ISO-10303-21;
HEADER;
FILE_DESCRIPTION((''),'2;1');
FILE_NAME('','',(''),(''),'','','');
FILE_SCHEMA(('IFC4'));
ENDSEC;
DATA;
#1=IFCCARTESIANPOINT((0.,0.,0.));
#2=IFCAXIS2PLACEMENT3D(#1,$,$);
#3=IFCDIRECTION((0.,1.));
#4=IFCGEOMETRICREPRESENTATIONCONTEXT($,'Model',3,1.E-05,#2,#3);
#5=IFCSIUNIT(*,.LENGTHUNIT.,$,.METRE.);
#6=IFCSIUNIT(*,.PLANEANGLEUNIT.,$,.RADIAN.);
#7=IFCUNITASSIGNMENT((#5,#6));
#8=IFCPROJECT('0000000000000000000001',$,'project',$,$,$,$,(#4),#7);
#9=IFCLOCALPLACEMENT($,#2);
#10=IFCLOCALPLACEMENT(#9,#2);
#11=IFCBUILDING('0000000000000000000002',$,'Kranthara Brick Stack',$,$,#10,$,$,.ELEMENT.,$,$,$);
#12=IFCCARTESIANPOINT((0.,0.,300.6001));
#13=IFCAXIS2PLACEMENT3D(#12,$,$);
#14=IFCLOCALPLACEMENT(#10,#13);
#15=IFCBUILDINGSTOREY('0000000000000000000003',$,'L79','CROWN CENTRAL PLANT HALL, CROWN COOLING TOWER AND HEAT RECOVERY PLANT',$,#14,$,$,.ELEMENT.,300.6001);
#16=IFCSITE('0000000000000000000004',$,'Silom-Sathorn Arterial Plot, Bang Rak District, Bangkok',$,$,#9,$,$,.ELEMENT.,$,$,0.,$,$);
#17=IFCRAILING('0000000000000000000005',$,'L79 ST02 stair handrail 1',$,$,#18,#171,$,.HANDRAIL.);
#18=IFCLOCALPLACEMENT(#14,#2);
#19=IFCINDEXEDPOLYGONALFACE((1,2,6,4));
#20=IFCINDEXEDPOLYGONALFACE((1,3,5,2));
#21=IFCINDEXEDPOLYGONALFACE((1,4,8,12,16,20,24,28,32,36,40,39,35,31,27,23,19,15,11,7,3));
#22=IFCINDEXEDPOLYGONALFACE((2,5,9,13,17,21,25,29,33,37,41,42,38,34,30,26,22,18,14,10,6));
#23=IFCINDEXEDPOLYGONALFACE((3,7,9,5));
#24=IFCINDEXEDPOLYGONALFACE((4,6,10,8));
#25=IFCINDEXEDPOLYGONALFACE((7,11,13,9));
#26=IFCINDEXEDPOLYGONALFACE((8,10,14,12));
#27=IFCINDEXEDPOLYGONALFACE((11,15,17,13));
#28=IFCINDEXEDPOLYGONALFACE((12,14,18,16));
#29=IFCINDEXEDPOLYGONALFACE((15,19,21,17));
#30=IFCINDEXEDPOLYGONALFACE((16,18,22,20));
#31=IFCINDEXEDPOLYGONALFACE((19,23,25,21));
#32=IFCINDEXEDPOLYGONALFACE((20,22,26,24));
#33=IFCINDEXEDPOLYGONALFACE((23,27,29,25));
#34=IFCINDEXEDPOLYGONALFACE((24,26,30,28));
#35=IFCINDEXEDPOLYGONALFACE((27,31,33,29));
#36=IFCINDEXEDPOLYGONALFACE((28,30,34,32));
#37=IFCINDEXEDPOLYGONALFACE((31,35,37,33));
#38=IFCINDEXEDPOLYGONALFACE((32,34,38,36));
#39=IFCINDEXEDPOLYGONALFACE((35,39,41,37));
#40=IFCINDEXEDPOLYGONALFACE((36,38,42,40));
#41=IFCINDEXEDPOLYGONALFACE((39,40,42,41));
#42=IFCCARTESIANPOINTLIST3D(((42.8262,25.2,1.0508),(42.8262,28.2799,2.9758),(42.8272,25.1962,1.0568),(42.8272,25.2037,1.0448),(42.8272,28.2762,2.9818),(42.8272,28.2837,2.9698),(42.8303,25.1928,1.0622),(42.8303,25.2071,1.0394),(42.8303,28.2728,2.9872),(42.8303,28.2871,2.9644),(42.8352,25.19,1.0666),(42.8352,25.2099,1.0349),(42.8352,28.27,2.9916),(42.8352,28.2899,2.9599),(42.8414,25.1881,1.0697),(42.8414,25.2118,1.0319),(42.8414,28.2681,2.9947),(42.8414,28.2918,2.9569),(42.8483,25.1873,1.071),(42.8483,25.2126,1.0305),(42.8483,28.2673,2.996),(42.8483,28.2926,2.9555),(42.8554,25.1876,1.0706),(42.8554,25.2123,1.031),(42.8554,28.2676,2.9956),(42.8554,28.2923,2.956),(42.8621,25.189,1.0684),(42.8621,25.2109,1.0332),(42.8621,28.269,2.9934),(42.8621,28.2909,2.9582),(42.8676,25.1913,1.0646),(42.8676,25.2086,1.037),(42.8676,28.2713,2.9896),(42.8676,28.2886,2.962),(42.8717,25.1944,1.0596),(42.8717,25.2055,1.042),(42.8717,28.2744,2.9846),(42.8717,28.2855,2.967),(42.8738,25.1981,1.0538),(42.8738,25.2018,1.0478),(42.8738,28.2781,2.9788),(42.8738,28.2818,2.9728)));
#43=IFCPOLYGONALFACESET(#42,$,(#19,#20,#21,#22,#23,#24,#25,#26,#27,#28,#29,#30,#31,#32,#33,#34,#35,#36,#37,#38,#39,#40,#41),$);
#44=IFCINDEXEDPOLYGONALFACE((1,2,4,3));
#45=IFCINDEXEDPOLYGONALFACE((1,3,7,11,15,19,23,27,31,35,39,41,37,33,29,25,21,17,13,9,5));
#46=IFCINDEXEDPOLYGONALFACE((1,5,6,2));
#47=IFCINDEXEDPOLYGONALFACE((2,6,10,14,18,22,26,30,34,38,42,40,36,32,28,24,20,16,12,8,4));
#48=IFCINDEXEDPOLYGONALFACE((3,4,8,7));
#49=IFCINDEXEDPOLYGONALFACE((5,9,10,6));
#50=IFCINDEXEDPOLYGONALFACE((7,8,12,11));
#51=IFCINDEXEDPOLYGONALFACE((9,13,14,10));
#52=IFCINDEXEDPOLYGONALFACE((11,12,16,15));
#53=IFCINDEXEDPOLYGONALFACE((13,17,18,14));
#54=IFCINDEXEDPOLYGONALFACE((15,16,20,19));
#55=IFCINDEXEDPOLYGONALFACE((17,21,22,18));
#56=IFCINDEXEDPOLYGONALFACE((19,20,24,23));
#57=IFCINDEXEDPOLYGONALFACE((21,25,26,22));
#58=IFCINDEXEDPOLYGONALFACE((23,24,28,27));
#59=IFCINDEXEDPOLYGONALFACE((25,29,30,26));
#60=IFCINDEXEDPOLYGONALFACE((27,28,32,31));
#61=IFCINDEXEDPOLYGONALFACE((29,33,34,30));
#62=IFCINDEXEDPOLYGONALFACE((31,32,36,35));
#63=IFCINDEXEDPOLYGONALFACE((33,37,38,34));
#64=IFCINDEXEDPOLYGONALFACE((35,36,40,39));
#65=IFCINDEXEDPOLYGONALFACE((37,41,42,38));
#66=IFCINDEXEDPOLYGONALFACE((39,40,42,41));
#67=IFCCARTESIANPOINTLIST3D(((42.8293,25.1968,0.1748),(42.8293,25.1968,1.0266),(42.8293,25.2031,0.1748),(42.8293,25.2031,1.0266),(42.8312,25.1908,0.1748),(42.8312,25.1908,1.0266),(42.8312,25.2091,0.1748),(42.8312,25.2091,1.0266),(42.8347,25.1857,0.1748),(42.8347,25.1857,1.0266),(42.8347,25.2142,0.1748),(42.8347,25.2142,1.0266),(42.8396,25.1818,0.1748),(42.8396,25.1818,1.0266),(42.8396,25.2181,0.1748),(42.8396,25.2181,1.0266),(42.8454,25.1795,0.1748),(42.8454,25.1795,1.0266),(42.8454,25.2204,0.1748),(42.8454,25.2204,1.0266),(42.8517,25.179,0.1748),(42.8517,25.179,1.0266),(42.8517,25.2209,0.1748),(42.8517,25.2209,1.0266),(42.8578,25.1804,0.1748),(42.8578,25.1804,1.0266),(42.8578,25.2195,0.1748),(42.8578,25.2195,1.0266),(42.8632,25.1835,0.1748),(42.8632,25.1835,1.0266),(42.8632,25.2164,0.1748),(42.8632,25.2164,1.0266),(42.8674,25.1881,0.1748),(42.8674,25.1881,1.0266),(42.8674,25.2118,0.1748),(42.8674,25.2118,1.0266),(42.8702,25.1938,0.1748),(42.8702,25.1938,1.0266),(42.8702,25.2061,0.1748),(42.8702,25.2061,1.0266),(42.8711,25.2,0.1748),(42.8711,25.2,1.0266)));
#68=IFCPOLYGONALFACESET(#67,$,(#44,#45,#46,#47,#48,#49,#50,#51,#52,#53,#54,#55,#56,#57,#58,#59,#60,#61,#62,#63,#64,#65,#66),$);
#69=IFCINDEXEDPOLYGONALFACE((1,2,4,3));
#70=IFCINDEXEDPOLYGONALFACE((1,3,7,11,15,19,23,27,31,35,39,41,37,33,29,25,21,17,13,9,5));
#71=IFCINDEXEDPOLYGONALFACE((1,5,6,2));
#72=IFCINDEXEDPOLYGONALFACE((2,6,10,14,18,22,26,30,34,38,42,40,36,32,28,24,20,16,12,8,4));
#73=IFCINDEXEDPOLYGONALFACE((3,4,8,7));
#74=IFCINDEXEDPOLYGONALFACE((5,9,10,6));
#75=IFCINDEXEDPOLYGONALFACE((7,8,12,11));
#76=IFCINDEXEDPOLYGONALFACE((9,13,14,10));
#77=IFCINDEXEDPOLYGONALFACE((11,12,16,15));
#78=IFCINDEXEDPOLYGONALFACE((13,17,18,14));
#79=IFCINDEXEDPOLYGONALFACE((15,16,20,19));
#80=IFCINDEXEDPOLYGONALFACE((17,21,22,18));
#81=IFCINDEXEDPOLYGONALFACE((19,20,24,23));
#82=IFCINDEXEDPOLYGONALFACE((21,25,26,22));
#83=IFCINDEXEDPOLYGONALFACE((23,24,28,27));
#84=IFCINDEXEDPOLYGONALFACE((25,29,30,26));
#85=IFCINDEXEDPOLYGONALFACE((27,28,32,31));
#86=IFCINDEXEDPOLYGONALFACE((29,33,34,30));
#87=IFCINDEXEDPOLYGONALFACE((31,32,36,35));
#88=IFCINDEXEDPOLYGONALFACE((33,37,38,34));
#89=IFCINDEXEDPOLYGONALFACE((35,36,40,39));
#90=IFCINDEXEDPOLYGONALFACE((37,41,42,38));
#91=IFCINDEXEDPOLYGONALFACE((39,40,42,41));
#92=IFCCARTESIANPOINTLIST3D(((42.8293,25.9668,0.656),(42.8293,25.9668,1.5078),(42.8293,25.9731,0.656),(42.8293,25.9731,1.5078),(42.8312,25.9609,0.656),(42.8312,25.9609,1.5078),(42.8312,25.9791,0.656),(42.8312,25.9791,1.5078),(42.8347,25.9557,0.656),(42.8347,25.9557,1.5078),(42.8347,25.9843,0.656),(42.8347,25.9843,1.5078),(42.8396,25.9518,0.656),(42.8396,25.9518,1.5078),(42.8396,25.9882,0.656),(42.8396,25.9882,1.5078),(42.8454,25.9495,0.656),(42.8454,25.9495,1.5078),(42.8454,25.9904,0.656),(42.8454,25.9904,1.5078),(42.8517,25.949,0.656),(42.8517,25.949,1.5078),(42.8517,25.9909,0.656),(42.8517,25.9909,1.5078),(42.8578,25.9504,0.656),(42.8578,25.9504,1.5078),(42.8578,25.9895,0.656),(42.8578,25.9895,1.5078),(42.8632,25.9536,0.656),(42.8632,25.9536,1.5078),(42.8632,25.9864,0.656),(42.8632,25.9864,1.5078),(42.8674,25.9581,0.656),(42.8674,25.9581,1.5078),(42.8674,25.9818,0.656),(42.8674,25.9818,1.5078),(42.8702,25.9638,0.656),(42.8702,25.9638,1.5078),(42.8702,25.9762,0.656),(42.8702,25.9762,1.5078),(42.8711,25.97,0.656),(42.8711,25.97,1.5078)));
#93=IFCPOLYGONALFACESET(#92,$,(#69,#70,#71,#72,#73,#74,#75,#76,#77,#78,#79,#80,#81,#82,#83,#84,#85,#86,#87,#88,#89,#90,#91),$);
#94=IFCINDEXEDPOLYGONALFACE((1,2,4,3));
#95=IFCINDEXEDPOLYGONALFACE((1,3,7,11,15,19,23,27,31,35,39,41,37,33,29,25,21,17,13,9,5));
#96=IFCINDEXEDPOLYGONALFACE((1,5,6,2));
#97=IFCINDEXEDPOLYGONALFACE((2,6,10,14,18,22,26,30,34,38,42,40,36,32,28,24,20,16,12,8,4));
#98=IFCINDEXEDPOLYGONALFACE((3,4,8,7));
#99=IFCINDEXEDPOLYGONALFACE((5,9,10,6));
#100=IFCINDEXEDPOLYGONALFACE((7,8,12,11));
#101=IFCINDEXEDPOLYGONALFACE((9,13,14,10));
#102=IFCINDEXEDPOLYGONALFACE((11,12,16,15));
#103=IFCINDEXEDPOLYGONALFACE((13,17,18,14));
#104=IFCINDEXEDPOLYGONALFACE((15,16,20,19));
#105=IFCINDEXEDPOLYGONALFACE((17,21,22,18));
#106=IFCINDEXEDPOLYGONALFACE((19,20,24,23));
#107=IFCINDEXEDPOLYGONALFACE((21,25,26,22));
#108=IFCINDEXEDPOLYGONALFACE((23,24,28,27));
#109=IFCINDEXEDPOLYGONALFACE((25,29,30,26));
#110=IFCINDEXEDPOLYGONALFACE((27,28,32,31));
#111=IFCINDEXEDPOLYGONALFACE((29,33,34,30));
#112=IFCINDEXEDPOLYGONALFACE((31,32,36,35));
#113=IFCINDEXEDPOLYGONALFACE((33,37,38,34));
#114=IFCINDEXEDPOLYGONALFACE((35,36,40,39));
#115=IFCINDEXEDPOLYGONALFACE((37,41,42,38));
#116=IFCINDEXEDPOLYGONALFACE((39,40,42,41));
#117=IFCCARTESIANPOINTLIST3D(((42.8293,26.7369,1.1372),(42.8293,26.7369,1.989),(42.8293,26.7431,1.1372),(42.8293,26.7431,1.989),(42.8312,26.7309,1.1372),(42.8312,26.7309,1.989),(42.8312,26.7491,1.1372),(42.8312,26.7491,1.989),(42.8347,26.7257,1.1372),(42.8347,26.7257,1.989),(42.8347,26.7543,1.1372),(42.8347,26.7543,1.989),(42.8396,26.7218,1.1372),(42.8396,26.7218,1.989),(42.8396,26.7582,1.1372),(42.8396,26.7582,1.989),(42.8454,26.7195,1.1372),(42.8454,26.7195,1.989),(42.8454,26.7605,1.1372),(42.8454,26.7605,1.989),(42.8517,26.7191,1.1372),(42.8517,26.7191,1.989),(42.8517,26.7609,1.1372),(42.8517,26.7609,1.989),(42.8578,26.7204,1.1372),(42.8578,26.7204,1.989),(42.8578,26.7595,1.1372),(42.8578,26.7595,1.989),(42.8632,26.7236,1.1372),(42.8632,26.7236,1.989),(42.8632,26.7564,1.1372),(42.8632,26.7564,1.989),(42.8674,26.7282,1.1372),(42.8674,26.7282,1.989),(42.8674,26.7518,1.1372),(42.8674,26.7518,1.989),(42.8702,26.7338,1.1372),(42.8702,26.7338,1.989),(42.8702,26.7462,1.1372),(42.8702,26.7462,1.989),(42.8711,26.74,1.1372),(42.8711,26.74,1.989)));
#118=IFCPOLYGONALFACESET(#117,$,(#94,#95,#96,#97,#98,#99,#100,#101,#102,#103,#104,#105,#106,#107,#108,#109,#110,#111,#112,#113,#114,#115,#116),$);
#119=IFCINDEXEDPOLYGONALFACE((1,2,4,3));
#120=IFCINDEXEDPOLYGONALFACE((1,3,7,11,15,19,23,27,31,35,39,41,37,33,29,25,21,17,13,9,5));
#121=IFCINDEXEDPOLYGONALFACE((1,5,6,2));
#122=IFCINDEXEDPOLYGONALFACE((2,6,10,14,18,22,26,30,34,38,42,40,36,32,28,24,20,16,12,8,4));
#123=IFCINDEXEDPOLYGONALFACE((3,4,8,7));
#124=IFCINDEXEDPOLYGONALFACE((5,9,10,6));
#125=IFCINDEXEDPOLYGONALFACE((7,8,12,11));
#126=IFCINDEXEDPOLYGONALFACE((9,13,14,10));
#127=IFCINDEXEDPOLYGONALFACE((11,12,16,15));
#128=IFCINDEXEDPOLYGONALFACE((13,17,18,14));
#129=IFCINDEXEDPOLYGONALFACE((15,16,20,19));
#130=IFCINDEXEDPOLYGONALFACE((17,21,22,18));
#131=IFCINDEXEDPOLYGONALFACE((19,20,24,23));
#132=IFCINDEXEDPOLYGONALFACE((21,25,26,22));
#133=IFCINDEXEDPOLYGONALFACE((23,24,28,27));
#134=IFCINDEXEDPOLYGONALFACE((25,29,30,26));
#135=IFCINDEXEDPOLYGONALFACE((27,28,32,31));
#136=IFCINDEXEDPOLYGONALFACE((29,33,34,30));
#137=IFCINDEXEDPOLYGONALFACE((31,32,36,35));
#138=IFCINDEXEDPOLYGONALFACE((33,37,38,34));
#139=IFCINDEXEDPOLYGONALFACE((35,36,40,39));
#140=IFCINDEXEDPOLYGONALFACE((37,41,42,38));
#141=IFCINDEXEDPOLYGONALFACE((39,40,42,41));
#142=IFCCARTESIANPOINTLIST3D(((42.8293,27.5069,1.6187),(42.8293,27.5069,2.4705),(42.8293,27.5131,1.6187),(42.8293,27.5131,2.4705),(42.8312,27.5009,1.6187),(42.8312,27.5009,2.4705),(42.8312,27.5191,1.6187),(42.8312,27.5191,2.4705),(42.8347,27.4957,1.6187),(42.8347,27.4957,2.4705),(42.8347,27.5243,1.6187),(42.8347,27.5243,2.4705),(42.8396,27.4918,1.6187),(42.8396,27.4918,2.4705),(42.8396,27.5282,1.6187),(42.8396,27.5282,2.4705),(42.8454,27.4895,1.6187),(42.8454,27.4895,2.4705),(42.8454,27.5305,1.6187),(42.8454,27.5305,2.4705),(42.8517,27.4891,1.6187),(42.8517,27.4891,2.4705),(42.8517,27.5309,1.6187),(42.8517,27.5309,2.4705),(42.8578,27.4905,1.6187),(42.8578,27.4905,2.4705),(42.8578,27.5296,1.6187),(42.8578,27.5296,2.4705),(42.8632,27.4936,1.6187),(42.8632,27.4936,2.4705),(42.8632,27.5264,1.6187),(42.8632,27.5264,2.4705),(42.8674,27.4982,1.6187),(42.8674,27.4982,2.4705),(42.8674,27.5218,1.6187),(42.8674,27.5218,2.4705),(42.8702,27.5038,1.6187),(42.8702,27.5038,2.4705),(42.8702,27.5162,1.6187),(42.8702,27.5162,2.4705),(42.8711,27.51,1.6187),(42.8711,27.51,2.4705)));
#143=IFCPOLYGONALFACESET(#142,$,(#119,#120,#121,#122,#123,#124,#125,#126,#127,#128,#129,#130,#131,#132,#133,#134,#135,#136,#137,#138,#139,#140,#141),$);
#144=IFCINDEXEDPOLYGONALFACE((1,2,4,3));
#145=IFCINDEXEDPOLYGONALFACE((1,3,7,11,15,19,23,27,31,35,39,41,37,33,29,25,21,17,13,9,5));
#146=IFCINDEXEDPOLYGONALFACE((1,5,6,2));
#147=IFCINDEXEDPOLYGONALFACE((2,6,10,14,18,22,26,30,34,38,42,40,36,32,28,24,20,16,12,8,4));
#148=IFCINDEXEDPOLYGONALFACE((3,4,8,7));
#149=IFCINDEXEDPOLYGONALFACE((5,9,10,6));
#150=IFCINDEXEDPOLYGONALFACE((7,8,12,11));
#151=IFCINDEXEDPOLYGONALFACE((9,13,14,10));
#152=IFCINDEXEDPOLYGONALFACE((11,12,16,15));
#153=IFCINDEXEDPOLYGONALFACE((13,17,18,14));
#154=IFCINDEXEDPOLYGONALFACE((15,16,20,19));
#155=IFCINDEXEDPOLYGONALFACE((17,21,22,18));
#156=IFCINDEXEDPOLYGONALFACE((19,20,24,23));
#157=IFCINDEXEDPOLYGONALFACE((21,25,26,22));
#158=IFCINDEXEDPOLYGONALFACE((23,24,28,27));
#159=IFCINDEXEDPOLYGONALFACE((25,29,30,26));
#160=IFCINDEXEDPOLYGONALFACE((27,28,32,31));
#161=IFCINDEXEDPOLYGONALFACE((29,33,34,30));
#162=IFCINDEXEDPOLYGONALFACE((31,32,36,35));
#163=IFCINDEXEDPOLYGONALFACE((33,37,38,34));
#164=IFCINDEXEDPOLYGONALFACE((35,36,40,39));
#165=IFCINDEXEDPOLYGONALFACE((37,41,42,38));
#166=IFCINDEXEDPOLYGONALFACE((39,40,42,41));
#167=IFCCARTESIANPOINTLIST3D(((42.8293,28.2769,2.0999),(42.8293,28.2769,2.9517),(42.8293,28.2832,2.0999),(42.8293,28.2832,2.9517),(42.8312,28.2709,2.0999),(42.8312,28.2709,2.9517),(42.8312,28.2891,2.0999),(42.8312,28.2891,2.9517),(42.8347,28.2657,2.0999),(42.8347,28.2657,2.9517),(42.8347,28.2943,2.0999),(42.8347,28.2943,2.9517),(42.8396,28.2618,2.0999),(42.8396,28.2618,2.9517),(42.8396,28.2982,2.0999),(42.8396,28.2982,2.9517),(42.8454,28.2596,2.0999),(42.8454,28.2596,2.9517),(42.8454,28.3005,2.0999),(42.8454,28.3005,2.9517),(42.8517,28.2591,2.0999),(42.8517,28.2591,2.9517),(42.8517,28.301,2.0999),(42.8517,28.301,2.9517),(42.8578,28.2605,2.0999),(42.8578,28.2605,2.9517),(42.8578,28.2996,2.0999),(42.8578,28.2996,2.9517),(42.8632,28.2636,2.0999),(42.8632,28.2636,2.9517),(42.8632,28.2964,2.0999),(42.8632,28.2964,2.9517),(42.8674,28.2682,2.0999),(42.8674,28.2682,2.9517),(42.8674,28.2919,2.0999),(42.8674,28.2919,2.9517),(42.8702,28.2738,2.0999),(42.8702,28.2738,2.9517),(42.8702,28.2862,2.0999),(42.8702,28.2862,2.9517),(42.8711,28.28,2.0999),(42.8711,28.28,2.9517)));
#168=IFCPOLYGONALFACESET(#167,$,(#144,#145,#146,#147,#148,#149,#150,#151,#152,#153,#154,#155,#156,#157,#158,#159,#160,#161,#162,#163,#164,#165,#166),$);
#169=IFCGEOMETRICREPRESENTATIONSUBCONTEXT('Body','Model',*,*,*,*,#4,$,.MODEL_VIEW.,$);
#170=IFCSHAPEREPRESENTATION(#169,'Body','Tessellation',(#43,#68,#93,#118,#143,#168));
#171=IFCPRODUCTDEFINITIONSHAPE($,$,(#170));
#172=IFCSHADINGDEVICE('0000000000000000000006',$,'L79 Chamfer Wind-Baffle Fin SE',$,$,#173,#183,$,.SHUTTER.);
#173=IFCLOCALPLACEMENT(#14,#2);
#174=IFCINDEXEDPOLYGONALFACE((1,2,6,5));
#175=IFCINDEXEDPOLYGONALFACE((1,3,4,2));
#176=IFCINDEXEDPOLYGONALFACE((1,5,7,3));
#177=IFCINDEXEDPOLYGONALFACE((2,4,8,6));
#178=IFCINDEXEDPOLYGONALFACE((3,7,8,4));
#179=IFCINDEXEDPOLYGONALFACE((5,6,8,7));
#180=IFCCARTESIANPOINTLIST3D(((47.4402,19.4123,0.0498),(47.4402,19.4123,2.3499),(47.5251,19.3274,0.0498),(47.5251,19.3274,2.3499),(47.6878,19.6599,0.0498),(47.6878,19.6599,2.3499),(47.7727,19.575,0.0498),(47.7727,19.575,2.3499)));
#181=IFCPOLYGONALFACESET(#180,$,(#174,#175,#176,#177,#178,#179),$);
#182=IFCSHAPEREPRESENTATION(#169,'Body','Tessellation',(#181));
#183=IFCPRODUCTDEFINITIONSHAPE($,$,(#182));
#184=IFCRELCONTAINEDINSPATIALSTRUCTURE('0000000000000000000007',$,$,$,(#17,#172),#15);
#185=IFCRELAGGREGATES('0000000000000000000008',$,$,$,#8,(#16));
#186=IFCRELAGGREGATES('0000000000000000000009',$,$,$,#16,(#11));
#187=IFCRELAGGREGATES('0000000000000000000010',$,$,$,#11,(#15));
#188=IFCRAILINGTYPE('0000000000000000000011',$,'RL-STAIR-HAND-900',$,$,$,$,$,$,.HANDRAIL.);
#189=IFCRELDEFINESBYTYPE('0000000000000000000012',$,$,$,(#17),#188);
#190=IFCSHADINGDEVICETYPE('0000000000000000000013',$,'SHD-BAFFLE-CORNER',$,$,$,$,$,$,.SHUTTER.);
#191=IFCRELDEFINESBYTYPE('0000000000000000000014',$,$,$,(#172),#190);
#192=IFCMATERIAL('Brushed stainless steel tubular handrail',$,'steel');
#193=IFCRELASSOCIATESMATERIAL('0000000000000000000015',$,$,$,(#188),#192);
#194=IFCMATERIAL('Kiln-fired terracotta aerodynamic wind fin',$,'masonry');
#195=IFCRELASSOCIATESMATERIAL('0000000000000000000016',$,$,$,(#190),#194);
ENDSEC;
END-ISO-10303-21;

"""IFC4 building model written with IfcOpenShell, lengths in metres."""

from ifc_helpers import new_model, si_unit, direction, frame, origin, origin_2d, place, context, subcontext, project, spatial, rectangle, circle, extrude, material, type_object, element, save


model = new_model("IFC4")

# Units and contexts
model_context = context("Model", 3, precision=1e-05, world=origin(), true_north=direction((0.0, 1.0)))
body_context = subcontext(model_context, "Body", "Model", "MODEL_VIEW")
ifc_project = project(units=[si_unit("LENGTHUNIT", "METRE"), si_unit("PLANEANGLEUNIT", "RADIAN")], contexts=[model_context])

# Site, building, storey
site_placement = place(None, origin())
site = spatial("IfcSite", under=ifc_project, at=site_placement, Name="Silom-Sathorn Arterial Plot, Bang Rak District, Bangkok", CompositionType="ELEMENT", RefElevation=0.0)
building_placement = place(site_placement, origin())
building = spatial("IfcBuilding", under=site, at=building_placement, Name="Kranthara Brick Stack", CompositionType="ELEMENT")
storey_placement = place(building_placement, frame((0.0, 0.0, 300.6001)))
storey = spatial("IfcBuildingStorey", under=building, at=storey_placement, Name="L79", Description="CROWN CENTRAL PLANT HALL, CROWN COOLING TOWER AND HEAT RECOVERY PLANT", CompositionType="ELEMENT", Elevation=300.6001)

# Railing
ifc_material_1 = material(Name="Brushed stainless steel tubular handrail", Category="steel")
railing_type_1 = type_object("IfcRailingType", Name="RL-STAIR-HAND-900", PredefinedType="HANDRAIL", material=ifc_material_1)
railing_1_placement = place(storey_placement, frame((42.8501, 25.2, 0.1748)))
element("IfcRailing", 1, at=railing_1_placement, inside=storey, type_object=railing_type_1, Name="L79 ST02 stair handrail 1", PredefinedType="HANDRAIL", context=body_context, shape_type="SweptSolid", body=[
    extrude(circle(Radius=0.0239, at=origin_2d()), frame((0.0, 0.0, 0.876), z_axis=(0.0, 0.847998, 0.529999), x_axis=(-1.0, 0.0, 0.0)), (0.0, 0.0, 1.0), 3.6321),
    extrude(circle(Radius=0.021, at=origin_2d()), origin(), (0.0, 0.0, 1.0), 0.8518),
    extrude(circle(Radius=0.021, at=origin_2d()), frame((0.0, 0.77, 0.4812)), (0.0, 0.0, 1.0), 0.8518),
    extrude(circle(Radius=0.021, at=origin_2d()), frame((0.0, 1.54, 0.9624)), (0.0, 0.0, 1.0), 0.8518),
    extrude(circle(Radius=0.021, at=origin_2d()), frame((0.0, 2.3101, 1.4438)), (0.0, 0.0, 1.0), 0.8518),
    extrude(circle(Radius=0.021, at=origin_2d()), frame((0.0, 3.0801, 1.925)), (0.0, 0.0, 1.0), 0.8518),
])

# Shading device
ifc_material_2 = material(Name="Kiln-fired terracotta aerodynamic wind fin", Category="masonry")
shading_device_type = type_object("IfcShadingDeviceType", Name="SHD-BAFFLE-CORNER", PredefinedType="SHUTTER", material=ifc_material_2)
shading_device_placement = place(storey_placement, frame((47.6064, 19.4937, 0.0498), z_axis=(0.0, 0.0, 1.0), x_axis=(-0.707107, -0.707107, 0.0)))
element("IfcShadingDevice", 2, at=shading_device_placement, inside=storey, type_object=shading_device_type, Name="L79 Chamfer Wind-Baffle Fin SE", PredefinedType="SHUTTER", context=body_context, shape_type="SweptSolid", body=[
    extrude(rectangle(XDim=0.3501, YDim=0.1201, at=origin_2d()), origin(), (0.0, 0.0, 1.0), 2.3),
])

save(model, "model.ifc")
